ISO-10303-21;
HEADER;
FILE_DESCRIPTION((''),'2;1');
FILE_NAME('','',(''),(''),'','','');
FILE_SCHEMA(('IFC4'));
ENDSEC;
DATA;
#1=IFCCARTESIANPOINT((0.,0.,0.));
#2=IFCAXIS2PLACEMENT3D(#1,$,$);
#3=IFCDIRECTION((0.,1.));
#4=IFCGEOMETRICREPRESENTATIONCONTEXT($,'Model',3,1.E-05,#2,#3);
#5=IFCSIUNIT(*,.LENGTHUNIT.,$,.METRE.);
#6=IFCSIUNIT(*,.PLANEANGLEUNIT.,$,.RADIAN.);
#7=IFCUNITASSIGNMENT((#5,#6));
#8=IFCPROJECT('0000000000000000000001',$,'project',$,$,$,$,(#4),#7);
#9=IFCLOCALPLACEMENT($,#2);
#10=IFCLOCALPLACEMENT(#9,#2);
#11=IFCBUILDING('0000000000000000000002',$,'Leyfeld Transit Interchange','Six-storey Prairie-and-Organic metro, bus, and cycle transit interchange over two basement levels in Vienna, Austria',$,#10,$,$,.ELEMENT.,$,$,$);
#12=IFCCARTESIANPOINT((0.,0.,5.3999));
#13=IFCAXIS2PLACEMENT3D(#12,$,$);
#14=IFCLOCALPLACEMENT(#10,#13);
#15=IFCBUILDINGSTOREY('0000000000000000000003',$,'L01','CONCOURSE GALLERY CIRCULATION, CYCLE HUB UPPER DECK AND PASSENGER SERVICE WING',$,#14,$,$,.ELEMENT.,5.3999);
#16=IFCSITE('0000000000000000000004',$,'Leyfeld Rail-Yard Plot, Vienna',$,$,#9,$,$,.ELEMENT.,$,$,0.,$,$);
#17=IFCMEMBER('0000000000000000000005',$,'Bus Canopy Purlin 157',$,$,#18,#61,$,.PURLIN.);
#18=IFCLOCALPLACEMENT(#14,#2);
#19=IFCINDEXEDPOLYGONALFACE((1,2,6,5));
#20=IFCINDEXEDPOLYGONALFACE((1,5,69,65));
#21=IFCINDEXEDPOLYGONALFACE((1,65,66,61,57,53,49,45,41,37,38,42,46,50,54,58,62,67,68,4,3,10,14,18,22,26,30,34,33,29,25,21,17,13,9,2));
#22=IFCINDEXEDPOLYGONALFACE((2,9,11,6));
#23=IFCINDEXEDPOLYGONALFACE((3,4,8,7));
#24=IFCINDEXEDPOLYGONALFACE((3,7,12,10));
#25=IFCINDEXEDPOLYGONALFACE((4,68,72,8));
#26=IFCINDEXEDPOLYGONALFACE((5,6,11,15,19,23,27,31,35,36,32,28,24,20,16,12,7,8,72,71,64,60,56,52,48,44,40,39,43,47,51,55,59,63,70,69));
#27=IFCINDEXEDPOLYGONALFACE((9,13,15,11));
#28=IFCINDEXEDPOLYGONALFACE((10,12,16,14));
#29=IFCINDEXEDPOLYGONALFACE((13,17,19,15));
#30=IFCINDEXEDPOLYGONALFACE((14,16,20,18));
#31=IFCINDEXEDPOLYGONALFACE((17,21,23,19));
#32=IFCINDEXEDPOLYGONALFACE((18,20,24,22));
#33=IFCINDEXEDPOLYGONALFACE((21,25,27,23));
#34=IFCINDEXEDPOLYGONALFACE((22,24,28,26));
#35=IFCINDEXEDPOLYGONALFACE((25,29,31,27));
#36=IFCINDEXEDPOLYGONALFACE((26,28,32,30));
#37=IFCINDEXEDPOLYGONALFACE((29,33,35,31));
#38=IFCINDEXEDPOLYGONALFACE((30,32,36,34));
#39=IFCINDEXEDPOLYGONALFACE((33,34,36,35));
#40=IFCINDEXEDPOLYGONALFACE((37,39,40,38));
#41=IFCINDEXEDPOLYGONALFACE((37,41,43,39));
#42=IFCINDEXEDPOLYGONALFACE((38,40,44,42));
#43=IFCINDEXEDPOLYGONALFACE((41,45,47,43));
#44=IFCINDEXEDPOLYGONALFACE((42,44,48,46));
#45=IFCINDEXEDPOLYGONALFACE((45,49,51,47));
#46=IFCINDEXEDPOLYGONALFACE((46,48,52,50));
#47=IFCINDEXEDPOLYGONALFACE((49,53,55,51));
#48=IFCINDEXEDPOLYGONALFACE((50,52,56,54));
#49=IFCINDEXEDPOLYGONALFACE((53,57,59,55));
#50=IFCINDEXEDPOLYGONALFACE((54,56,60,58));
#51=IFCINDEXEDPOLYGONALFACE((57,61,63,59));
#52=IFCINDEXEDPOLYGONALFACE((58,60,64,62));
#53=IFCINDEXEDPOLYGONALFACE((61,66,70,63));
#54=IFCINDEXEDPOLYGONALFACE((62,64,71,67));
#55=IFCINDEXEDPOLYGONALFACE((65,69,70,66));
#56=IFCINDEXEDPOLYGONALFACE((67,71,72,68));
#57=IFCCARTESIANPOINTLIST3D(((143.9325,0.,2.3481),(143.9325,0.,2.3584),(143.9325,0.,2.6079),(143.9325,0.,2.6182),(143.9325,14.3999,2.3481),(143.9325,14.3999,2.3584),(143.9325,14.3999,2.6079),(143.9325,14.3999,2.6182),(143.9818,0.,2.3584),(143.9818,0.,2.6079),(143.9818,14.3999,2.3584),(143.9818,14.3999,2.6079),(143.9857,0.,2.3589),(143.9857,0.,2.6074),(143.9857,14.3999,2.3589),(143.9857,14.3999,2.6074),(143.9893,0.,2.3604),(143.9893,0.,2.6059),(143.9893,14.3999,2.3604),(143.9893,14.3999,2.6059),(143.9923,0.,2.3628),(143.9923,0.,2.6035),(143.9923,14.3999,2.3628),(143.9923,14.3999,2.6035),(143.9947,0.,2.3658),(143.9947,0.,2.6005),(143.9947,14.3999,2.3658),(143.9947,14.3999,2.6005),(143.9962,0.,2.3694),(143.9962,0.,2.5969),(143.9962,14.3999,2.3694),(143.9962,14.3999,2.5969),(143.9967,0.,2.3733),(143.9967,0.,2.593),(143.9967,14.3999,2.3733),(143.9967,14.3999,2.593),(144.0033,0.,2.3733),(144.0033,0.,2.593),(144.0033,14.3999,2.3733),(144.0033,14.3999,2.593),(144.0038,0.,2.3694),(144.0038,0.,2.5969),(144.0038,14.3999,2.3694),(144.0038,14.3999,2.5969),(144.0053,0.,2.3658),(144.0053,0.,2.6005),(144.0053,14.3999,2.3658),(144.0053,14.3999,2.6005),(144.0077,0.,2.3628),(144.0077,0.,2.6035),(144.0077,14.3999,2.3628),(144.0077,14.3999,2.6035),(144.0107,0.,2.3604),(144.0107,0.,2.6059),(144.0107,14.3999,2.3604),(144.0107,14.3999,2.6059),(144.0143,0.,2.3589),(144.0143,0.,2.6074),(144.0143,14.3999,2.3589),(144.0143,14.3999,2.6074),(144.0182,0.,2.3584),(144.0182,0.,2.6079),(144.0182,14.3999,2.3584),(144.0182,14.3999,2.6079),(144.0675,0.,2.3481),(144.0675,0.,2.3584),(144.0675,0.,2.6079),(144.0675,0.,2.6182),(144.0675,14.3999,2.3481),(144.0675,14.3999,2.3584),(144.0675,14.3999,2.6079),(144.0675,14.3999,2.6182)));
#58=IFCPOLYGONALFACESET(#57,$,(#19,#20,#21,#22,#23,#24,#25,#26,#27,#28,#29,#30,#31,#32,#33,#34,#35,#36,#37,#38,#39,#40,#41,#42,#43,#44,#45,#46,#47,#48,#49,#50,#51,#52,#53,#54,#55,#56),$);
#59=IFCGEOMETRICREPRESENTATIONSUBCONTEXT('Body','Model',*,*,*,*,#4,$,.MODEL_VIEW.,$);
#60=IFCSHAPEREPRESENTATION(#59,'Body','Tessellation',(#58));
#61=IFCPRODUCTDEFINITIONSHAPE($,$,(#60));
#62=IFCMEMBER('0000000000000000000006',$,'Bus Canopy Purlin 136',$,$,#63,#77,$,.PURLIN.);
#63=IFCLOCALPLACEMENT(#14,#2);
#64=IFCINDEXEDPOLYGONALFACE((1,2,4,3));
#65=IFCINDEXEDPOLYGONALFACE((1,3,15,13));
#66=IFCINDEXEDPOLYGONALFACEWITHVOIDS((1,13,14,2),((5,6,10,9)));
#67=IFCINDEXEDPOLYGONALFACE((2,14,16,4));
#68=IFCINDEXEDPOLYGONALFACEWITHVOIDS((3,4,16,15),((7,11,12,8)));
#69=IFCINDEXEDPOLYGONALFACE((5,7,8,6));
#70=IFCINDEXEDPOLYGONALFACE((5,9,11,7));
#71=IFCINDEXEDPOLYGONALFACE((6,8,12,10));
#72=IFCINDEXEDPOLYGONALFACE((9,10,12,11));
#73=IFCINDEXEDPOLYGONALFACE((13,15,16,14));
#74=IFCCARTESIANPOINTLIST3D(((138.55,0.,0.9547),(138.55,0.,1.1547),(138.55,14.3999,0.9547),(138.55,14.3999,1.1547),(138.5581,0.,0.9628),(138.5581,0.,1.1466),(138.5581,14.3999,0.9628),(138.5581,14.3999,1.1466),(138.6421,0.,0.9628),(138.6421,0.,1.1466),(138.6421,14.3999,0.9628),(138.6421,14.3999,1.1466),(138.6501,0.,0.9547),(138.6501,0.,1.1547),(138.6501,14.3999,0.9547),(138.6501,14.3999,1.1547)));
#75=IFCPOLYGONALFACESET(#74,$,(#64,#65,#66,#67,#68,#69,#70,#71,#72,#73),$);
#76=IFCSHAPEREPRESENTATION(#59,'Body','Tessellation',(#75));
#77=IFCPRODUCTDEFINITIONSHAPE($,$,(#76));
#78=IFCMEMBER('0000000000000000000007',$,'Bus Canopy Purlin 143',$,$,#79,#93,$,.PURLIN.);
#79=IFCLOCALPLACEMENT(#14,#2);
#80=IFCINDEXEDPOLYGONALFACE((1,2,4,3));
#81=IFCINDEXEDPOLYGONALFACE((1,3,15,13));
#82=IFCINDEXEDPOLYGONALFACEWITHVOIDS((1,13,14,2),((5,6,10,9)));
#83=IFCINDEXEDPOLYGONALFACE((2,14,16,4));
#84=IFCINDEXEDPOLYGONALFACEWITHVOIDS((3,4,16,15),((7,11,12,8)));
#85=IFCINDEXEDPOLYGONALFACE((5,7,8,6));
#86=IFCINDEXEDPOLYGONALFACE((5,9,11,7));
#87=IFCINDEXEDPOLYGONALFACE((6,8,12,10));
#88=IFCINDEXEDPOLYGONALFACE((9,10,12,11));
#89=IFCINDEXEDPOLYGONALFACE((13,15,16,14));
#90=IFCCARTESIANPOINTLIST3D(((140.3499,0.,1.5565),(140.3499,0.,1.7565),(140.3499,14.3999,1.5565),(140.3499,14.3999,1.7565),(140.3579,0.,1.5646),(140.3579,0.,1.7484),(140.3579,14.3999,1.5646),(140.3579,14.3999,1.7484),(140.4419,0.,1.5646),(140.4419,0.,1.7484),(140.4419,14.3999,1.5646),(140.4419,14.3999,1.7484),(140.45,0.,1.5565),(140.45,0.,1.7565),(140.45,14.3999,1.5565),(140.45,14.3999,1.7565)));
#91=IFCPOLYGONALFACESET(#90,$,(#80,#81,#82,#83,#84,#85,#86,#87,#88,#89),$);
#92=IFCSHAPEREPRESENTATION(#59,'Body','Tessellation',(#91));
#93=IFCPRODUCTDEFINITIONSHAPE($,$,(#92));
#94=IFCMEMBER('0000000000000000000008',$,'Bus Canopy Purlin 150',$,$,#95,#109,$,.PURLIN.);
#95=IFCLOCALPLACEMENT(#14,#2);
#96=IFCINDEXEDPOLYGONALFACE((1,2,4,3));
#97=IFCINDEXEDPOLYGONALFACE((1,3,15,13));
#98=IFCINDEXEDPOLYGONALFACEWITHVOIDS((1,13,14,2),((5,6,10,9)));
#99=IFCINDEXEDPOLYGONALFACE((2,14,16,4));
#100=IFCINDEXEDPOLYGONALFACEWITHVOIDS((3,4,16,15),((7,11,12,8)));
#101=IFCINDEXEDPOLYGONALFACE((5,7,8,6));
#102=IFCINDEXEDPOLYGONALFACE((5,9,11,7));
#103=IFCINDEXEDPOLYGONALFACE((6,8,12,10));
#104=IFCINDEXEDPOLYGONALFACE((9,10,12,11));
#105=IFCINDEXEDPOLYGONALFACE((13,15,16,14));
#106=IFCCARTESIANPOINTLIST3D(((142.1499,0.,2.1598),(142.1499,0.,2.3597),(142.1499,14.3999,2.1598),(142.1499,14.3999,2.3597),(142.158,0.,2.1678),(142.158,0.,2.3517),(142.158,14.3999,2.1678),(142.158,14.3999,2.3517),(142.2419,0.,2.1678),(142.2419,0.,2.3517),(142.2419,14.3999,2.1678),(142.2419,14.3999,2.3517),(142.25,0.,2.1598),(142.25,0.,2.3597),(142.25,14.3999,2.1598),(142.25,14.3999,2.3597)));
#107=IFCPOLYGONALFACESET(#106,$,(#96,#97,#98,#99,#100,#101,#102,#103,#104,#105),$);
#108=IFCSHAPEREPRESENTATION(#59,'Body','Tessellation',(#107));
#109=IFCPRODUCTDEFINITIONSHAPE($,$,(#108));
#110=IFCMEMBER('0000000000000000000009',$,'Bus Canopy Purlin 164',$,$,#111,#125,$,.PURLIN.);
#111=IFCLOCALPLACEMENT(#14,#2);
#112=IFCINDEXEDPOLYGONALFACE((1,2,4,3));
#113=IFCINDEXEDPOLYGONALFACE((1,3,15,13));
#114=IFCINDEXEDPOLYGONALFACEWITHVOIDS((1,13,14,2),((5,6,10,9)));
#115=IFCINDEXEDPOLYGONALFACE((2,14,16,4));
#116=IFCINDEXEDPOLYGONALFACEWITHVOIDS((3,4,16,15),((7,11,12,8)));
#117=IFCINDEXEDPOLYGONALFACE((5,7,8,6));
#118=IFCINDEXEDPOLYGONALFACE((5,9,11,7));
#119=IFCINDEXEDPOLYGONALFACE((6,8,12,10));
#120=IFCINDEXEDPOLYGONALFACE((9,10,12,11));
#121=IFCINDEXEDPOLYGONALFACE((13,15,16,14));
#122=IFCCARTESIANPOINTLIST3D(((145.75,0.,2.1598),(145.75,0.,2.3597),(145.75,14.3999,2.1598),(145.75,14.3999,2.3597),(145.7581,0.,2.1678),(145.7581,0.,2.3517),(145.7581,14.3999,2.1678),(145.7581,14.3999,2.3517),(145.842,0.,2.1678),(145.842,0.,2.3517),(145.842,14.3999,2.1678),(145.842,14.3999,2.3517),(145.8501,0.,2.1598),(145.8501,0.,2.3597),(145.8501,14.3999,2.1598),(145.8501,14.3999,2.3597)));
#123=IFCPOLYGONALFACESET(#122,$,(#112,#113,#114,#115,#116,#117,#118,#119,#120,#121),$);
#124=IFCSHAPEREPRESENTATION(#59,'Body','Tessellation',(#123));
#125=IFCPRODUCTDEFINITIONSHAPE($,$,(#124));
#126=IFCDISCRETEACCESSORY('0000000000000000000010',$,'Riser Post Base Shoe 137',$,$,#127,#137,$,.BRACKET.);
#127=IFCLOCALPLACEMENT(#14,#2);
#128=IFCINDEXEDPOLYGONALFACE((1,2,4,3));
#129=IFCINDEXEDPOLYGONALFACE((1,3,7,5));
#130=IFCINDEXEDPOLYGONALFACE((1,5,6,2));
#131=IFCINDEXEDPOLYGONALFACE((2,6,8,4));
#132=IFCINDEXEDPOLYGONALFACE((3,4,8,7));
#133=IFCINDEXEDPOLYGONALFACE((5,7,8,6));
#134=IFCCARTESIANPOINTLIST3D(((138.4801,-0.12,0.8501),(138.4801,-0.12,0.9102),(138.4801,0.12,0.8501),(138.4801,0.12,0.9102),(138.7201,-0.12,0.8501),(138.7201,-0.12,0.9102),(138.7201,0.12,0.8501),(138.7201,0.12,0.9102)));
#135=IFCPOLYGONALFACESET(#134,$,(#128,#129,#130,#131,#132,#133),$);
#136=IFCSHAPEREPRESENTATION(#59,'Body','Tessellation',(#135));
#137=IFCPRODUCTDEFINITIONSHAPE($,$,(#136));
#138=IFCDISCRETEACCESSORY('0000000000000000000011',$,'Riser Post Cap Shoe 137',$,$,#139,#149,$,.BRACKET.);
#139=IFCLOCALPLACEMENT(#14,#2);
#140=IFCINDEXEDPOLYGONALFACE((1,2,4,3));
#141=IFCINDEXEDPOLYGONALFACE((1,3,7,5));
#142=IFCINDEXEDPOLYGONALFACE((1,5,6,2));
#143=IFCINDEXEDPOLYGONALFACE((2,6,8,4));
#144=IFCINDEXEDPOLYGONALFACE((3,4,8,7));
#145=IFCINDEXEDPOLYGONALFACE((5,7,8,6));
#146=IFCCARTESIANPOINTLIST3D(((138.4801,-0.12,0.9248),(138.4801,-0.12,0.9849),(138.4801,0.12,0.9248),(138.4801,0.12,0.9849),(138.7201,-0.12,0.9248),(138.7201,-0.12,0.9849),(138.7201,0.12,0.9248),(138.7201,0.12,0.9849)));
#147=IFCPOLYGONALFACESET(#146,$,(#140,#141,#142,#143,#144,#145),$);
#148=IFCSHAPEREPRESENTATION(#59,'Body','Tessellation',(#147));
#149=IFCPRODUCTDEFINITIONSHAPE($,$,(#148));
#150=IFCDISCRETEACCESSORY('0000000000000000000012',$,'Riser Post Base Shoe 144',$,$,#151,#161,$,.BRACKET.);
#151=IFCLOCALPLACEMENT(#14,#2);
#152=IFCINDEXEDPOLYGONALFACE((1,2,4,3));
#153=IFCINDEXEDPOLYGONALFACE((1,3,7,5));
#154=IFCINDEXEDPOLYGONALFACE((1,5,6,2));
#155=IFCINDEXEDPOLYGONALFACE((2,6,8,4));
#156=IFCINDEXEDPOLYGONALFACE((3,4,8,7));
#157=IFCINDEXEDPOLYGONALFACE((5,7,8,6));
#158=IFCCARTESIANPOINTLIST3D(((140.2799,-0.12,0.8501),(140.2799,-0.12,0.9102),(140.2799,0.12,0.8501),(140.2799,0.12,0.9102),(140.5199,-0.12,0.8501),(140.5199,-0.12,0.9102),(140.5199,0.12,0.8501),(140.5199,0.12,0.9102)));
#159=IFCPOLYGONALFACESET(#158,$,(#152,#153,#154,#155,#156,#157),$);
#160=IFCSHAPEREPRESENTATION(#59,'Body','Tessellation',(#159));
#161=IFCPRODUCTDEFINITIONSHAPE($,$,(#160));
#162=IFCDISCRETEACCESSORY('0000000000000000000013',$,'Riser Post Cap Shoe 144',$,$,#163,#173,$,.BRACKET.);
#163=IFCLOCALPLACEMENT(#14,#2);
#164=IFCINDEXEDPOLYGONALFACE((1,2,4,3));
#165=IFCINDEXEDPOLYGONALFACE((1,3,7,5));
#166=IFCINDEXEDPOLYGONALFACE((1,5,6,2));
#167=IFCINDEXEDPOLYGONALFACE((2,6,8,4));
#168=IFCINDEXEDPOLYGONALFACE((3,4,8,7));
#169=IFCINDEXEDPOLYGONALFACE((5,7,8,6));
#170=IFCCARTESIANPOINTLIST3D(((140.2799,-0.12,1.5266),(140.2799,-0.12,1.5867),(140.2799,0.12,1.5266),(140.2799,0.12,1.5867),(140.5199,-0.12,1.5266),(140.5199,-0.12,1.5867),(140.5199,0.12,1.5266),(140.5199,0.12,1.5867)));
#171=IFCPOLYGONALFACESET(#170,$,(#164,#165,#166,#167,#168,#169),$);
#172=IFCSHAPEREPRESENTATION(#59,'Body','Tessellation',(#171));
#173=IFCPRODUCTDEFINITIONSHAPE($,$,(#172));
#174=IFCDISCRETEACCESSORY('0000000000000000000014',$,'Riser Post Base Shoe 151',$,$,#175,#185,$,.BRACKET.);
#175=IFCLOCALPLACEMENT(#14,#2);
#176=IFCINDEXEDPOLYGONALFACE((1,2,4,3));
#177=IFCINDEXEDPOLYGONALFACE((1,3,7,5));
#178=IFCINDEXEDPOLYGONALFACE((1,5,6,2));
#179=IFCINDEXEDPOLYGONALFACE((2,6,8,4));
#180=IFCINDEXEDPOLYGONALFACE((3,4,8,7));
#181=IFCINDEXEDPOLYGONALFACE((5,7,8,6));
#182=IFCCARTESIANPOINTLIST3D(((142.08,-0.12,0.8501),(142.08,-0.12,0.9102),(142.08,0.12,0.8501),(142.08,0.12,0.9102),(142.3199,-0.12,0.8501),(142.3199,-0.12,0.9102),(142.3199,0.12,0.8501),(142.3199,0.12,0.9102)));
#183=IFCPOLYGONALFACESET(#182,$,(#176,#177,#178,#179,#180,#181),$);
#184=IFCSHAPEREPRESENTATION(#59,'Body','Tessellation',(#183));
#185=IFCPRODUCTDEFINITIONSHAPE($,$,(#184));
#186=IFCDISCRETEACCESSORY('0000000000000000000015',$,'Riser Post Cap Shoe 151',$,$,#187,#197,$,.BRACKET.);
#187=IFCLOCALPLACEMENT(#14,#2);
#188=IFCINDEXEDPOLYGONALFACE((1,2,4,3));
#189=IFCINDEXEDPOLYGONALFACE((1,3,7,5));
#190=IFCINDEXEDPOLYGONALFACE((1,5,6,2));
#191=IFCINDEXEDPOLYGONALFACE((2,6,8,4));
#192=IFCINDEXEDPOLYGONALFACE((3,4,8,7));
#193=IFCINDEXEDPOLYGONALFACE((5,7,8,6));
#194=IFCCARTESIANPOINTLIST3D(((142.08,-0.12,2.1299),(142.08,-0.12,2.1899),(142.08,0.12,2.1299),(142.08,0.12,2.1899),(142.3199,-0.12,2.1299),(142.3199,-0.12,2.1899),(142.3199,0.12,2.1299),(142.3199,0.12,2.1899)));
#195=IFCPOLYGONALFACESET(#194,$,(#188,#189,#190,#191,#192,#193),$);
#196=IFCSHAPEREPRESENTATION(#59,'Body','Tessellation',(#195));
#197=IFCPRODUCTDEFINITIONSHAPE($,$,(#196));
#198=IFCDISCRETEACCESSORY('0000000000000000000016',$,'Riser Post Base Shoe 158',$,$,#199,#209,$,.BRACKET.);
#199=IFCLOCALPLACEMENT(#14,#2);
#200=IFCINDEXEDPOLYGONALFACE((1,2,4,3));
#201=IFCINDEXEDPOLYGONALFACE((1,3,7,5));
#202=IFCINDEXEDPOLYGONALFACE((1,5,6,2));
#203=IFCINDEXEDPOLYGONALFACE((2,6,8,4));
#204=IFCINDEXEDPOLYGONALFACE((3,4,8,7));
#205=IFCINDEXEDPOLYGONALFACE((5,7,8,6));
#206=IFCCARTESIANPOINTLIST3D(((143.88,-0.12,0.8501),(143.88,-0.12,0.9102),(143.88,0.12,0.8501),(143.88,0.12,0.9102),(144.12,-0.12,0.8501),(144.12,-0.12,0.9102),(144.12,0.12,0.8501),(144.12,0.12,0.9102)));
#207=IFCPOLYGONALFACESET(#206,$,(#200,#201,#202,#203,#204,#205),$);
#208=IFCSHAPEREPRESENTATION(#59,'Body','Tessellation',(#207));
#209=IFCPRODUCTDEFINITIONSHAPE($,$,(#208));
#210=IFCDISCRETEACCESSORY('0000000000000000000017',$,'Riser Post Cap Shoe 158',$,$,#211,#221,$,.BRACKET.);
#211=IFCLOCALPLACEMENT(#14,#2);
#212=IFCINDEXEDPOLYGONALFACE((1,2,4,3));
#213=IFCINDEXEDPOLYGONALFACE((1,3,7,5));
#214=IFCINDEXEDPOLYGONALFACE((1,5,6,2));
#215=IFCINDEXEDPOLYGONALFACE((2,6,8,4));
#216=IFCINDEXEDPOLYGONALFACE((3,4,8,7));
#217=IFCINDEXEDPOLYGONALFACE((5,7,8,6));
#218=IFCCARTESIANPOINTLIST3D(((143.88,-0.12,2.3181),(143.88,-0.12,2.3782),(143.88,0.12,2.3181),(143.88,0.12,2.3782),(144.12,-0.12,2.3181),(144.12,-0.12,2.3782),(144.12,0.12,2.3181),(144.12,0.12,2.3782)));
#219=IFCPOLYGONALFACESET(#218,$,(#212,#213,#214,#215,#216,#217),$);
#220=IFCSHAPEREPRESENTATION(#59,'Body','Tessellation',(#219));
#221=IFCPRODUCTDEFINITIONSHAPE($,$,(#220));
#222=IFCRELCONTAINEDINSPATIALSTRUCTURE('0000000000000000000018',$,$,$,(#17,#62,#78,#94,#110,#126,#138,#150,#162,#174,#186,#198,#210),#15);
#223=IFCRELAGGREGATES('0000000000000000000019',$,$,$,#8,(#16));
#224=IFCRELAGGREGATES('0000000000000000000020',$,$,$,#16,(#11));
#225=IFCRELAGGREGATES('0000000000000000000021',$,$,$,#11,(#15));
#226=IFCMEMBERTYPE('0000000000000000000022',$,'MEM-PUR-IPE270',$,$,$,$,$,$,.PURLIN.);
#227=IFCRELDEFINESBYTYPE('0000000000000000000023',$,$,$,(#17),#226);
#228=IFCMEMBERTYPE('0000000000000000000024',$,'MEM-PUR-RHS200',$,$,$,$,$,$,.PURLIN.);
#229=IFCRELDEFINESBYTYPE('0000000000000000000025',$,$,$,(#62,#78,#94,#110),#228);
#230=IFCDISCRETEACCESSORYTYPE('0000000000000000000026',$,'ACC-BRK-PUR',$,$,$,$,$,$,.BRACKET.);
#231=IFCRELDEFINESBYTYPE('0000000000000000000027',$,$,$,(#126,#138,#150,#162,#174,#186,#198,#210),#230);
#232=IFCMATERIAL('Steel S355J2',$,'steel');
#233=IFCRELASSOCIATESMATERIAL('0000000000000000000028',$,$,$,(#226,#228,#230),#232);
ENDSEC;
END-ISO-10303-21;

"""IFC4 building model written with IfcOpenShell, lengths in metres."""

from ifc_helpers import new_model, si_unit, direction, frame, origin, origin_2d, place, context, subcontext, project, spatial, rectangle, hollow_rectangle, i_section, extrude, material, material_profile, profile_set, type_object, element, save


model = new_model("IFC4")

# Units and contexts
model_context = context("Model", 3, precision=1e-05, world=origin(), true_north=direction((0.0, 1.0)))
body_context = subcontext(model_context, "Body", "Model", "MODEL_VIEW")
ifc_project = project(units=[si_unit("LENGTHUNIT", "METRE"), si_unit("PLANEANGLEUNIT", "RADIAN")], contexts=[model_context])

# Site, building, storey
site_placement = place(None, origin())
site = spatial("IfcSite", under=ifc_project, at=site_placement, Name="Leyfeld Rail-Yard Plot, Vienna", CompositionType="ELEMENT", RefElevation=0.0)
building_placement = place(site_placement, origin())
building = spatial("IfcBuilding", under=site, at=building_placement, Name="Leyfeld Transit Interchange", Description="Six-storey Prairie-and-Organic metro, bus, and cycle transit interchange over two basement levels in Vienna, Austria", CompositionType="ELEMENT")
storey_placement = place(building_placement, frame((0.0, 0.0, 5.3999)))
storey = spatial("IfcBuildingStorey", under=building, at=storey_placement, Name="L01", Description="CONCOURSE GALLERY CIRCULATION, CYCLE HUB UPPER DECK AND PASSENGER SERVICE WING", CompositionType="ELEMENT", Elevation=5.3999)

# Shared definitions
ifc_material = material(Name="Steel S355J2", Category="steel")

# Members
ifc_material_profile_1 = material_profile(ifc_material, i_section(OverallWidth=0.135, OverallDepth=0.27, WebThickness=0.0066, FlangeThickness=0.0103, FilletRadius=0.0149, at=origin_2d()), Name="IPE 270")
ifc_profile_set_1 = profile_set([ifc_material_profile_1], Name="Steel S355J2")
member_type_1 = type_object("IfcMemberType", Name="MEM-PUR-IPE270", PredefinedType="PURLIN", material=ifc_profile_set_1)
for number, where, z_axis, x_axis, name in (
    (1, (144.0, 0.0, 2.4832), (0.0, 1.0, 0.0), (-1.0, 0.0, 0.0), "Bus Canopy Purlin 157"),
):
    element("IfcMember", number, at=place(storey_placement, frame(where, z_axis=z_axis, x_axis=x_axis)), inside=storey, type_object=member_type_1, Name=name, PredefinedType="PURLIN", context=body_context, shape_type="SweptSolid", body=[
        extrude(i_section(OverallWidth=0.135, OverallDepth=0.27, WebThickness=0.0066, FlangeThickness=0.0103, FilletRadius=0.0149, at=origin_2d()), origin(), (0.0, 0.0, 1.0), 14.3999),
    ])
ifc_material_profile_2 = material_profile(ifc_material, hollow_rectangle(XDim=0.1001, YDim=0.2, WallThickness=0.0081, at=origin_2d()), Name="RHS 200x100x8")
ifc_profile_set_2 = profile_set([ifc_material_profile_2], Name="Steel S355J2")
member_type_2 = type_object("IfcMemberType", Name="MEM-PUR-RHS200", PredefinedType="PURLIN", material=ifc_profile_set_2)
for number, where, z_axis, x_axis, name in (
    (2, (138.6001, 0.0, 1.0547), (0.0, 1.0, 0.0), (-1.0, 0.0, 0.0), "Bus Canopy Purlin 136"),
    (3, (140.3999, 0.0, 1.6565), (0.0, 1.0, 0.0), (-1.0, 0.0, 0.0), "Bus Canopy Purlin 143"),
    (4, (142.2, 0.0, 2.2598), (0.0, 1.0, 0.0), (-1.0, 0.0, 0.0), "Bus Canopy Purlin 150"),
    (5, (145.8, 0.0, 2.2598), (0.0, 1.0, 0.0), (-1.0, 0.0, 0.0), "Bus Canopy Purlin 164"),
):
    element("IfcMember", number, at=place(storey_placement, frame(where, z_axis=z_axis, x_axis=x_axis)), inside=storey, type_object=member_type_2, Name=name, PredefinedType="PURLIN", context=body_context, shape_type="SweptSolid", body=[
        extrude(hollow_rectangle(XDim=0.1001, YDim=0.2, WallThickness=0.0081, at=origin_2d()), origin(), (0.0, 0.0, 1.0), 14.3999),
    ])

# Discrete accessories
discrete_accessory_type = type_object("IfcDiscreteAccessoryType", Name="ACC-BRK-PUR", PredefinedType="BRACKET", material=ifc_material)
for number, where, z_axis, x_axis, name in (
    (6, (138.6001, 0.0, 0.8501), (0.0, 0.0, 1.0), (1.0, 0.0, 0.0), "Riser Post Base Shoe 137"),
    (7, (138.6001, 0.0, 0.9248), (0.0, 0.0, 1.0), (1.0, 0.0, 0.0), "Riser Post Cap Shoe 137"),
    (8, (140.3999, 0.0, 0.8501), (0.0, 0.0, 1.0), (1.0, 0.0, 0.0), "Riser Post Base Shoe 144"),
    (9, (140.3999, 0.0, 1.5266), (0.0, 0.0, 1.0), (1.0, 0.0, 0.0), "Riser Post Cap Shoe 144"),
    (10, (142.2, 0.0, 0.8501), (0.0, 0.0, 1.0), (1.0, 0.0, 0.0), "Riser Post Base Shoe 151"),
    (11, (142.2, 0.0, 2.1299), (0.0, 0.0, 1.0), (1.0, 0.0, 0.0), "Riser Post Cap Shoe 151"),
    (12, (144.0, 0.0, 0.8501), (0.0, 0.0, 1.0), (1.0, 0.0, 0.0), "Riser Post Base Shoe 158"),
    (13, (144.0, 0.0, 2.3181), (0.0, 0.0, 1.0), (1.0, 0.0, 0.0), "Riser Post Cap Shoe 158"),
):
    element("IfcDiscreteAccessory", number, at=place(storey_placement, frame(where, z_axis=z_axis, x_axis=x_axis)), inside=storey, type_object=discrete_accessory_type, Name=name, PredefinedType="BRACKET", context=body_context, shape_type="SweptSolid", body=[
        extrude(rectangle(XDim=0.24, YDim=0.24, at=origin_2d()), origin(), (0.0, 0.0, 1.0), 0.0601),
    ])

save(model, "model.ifc")
